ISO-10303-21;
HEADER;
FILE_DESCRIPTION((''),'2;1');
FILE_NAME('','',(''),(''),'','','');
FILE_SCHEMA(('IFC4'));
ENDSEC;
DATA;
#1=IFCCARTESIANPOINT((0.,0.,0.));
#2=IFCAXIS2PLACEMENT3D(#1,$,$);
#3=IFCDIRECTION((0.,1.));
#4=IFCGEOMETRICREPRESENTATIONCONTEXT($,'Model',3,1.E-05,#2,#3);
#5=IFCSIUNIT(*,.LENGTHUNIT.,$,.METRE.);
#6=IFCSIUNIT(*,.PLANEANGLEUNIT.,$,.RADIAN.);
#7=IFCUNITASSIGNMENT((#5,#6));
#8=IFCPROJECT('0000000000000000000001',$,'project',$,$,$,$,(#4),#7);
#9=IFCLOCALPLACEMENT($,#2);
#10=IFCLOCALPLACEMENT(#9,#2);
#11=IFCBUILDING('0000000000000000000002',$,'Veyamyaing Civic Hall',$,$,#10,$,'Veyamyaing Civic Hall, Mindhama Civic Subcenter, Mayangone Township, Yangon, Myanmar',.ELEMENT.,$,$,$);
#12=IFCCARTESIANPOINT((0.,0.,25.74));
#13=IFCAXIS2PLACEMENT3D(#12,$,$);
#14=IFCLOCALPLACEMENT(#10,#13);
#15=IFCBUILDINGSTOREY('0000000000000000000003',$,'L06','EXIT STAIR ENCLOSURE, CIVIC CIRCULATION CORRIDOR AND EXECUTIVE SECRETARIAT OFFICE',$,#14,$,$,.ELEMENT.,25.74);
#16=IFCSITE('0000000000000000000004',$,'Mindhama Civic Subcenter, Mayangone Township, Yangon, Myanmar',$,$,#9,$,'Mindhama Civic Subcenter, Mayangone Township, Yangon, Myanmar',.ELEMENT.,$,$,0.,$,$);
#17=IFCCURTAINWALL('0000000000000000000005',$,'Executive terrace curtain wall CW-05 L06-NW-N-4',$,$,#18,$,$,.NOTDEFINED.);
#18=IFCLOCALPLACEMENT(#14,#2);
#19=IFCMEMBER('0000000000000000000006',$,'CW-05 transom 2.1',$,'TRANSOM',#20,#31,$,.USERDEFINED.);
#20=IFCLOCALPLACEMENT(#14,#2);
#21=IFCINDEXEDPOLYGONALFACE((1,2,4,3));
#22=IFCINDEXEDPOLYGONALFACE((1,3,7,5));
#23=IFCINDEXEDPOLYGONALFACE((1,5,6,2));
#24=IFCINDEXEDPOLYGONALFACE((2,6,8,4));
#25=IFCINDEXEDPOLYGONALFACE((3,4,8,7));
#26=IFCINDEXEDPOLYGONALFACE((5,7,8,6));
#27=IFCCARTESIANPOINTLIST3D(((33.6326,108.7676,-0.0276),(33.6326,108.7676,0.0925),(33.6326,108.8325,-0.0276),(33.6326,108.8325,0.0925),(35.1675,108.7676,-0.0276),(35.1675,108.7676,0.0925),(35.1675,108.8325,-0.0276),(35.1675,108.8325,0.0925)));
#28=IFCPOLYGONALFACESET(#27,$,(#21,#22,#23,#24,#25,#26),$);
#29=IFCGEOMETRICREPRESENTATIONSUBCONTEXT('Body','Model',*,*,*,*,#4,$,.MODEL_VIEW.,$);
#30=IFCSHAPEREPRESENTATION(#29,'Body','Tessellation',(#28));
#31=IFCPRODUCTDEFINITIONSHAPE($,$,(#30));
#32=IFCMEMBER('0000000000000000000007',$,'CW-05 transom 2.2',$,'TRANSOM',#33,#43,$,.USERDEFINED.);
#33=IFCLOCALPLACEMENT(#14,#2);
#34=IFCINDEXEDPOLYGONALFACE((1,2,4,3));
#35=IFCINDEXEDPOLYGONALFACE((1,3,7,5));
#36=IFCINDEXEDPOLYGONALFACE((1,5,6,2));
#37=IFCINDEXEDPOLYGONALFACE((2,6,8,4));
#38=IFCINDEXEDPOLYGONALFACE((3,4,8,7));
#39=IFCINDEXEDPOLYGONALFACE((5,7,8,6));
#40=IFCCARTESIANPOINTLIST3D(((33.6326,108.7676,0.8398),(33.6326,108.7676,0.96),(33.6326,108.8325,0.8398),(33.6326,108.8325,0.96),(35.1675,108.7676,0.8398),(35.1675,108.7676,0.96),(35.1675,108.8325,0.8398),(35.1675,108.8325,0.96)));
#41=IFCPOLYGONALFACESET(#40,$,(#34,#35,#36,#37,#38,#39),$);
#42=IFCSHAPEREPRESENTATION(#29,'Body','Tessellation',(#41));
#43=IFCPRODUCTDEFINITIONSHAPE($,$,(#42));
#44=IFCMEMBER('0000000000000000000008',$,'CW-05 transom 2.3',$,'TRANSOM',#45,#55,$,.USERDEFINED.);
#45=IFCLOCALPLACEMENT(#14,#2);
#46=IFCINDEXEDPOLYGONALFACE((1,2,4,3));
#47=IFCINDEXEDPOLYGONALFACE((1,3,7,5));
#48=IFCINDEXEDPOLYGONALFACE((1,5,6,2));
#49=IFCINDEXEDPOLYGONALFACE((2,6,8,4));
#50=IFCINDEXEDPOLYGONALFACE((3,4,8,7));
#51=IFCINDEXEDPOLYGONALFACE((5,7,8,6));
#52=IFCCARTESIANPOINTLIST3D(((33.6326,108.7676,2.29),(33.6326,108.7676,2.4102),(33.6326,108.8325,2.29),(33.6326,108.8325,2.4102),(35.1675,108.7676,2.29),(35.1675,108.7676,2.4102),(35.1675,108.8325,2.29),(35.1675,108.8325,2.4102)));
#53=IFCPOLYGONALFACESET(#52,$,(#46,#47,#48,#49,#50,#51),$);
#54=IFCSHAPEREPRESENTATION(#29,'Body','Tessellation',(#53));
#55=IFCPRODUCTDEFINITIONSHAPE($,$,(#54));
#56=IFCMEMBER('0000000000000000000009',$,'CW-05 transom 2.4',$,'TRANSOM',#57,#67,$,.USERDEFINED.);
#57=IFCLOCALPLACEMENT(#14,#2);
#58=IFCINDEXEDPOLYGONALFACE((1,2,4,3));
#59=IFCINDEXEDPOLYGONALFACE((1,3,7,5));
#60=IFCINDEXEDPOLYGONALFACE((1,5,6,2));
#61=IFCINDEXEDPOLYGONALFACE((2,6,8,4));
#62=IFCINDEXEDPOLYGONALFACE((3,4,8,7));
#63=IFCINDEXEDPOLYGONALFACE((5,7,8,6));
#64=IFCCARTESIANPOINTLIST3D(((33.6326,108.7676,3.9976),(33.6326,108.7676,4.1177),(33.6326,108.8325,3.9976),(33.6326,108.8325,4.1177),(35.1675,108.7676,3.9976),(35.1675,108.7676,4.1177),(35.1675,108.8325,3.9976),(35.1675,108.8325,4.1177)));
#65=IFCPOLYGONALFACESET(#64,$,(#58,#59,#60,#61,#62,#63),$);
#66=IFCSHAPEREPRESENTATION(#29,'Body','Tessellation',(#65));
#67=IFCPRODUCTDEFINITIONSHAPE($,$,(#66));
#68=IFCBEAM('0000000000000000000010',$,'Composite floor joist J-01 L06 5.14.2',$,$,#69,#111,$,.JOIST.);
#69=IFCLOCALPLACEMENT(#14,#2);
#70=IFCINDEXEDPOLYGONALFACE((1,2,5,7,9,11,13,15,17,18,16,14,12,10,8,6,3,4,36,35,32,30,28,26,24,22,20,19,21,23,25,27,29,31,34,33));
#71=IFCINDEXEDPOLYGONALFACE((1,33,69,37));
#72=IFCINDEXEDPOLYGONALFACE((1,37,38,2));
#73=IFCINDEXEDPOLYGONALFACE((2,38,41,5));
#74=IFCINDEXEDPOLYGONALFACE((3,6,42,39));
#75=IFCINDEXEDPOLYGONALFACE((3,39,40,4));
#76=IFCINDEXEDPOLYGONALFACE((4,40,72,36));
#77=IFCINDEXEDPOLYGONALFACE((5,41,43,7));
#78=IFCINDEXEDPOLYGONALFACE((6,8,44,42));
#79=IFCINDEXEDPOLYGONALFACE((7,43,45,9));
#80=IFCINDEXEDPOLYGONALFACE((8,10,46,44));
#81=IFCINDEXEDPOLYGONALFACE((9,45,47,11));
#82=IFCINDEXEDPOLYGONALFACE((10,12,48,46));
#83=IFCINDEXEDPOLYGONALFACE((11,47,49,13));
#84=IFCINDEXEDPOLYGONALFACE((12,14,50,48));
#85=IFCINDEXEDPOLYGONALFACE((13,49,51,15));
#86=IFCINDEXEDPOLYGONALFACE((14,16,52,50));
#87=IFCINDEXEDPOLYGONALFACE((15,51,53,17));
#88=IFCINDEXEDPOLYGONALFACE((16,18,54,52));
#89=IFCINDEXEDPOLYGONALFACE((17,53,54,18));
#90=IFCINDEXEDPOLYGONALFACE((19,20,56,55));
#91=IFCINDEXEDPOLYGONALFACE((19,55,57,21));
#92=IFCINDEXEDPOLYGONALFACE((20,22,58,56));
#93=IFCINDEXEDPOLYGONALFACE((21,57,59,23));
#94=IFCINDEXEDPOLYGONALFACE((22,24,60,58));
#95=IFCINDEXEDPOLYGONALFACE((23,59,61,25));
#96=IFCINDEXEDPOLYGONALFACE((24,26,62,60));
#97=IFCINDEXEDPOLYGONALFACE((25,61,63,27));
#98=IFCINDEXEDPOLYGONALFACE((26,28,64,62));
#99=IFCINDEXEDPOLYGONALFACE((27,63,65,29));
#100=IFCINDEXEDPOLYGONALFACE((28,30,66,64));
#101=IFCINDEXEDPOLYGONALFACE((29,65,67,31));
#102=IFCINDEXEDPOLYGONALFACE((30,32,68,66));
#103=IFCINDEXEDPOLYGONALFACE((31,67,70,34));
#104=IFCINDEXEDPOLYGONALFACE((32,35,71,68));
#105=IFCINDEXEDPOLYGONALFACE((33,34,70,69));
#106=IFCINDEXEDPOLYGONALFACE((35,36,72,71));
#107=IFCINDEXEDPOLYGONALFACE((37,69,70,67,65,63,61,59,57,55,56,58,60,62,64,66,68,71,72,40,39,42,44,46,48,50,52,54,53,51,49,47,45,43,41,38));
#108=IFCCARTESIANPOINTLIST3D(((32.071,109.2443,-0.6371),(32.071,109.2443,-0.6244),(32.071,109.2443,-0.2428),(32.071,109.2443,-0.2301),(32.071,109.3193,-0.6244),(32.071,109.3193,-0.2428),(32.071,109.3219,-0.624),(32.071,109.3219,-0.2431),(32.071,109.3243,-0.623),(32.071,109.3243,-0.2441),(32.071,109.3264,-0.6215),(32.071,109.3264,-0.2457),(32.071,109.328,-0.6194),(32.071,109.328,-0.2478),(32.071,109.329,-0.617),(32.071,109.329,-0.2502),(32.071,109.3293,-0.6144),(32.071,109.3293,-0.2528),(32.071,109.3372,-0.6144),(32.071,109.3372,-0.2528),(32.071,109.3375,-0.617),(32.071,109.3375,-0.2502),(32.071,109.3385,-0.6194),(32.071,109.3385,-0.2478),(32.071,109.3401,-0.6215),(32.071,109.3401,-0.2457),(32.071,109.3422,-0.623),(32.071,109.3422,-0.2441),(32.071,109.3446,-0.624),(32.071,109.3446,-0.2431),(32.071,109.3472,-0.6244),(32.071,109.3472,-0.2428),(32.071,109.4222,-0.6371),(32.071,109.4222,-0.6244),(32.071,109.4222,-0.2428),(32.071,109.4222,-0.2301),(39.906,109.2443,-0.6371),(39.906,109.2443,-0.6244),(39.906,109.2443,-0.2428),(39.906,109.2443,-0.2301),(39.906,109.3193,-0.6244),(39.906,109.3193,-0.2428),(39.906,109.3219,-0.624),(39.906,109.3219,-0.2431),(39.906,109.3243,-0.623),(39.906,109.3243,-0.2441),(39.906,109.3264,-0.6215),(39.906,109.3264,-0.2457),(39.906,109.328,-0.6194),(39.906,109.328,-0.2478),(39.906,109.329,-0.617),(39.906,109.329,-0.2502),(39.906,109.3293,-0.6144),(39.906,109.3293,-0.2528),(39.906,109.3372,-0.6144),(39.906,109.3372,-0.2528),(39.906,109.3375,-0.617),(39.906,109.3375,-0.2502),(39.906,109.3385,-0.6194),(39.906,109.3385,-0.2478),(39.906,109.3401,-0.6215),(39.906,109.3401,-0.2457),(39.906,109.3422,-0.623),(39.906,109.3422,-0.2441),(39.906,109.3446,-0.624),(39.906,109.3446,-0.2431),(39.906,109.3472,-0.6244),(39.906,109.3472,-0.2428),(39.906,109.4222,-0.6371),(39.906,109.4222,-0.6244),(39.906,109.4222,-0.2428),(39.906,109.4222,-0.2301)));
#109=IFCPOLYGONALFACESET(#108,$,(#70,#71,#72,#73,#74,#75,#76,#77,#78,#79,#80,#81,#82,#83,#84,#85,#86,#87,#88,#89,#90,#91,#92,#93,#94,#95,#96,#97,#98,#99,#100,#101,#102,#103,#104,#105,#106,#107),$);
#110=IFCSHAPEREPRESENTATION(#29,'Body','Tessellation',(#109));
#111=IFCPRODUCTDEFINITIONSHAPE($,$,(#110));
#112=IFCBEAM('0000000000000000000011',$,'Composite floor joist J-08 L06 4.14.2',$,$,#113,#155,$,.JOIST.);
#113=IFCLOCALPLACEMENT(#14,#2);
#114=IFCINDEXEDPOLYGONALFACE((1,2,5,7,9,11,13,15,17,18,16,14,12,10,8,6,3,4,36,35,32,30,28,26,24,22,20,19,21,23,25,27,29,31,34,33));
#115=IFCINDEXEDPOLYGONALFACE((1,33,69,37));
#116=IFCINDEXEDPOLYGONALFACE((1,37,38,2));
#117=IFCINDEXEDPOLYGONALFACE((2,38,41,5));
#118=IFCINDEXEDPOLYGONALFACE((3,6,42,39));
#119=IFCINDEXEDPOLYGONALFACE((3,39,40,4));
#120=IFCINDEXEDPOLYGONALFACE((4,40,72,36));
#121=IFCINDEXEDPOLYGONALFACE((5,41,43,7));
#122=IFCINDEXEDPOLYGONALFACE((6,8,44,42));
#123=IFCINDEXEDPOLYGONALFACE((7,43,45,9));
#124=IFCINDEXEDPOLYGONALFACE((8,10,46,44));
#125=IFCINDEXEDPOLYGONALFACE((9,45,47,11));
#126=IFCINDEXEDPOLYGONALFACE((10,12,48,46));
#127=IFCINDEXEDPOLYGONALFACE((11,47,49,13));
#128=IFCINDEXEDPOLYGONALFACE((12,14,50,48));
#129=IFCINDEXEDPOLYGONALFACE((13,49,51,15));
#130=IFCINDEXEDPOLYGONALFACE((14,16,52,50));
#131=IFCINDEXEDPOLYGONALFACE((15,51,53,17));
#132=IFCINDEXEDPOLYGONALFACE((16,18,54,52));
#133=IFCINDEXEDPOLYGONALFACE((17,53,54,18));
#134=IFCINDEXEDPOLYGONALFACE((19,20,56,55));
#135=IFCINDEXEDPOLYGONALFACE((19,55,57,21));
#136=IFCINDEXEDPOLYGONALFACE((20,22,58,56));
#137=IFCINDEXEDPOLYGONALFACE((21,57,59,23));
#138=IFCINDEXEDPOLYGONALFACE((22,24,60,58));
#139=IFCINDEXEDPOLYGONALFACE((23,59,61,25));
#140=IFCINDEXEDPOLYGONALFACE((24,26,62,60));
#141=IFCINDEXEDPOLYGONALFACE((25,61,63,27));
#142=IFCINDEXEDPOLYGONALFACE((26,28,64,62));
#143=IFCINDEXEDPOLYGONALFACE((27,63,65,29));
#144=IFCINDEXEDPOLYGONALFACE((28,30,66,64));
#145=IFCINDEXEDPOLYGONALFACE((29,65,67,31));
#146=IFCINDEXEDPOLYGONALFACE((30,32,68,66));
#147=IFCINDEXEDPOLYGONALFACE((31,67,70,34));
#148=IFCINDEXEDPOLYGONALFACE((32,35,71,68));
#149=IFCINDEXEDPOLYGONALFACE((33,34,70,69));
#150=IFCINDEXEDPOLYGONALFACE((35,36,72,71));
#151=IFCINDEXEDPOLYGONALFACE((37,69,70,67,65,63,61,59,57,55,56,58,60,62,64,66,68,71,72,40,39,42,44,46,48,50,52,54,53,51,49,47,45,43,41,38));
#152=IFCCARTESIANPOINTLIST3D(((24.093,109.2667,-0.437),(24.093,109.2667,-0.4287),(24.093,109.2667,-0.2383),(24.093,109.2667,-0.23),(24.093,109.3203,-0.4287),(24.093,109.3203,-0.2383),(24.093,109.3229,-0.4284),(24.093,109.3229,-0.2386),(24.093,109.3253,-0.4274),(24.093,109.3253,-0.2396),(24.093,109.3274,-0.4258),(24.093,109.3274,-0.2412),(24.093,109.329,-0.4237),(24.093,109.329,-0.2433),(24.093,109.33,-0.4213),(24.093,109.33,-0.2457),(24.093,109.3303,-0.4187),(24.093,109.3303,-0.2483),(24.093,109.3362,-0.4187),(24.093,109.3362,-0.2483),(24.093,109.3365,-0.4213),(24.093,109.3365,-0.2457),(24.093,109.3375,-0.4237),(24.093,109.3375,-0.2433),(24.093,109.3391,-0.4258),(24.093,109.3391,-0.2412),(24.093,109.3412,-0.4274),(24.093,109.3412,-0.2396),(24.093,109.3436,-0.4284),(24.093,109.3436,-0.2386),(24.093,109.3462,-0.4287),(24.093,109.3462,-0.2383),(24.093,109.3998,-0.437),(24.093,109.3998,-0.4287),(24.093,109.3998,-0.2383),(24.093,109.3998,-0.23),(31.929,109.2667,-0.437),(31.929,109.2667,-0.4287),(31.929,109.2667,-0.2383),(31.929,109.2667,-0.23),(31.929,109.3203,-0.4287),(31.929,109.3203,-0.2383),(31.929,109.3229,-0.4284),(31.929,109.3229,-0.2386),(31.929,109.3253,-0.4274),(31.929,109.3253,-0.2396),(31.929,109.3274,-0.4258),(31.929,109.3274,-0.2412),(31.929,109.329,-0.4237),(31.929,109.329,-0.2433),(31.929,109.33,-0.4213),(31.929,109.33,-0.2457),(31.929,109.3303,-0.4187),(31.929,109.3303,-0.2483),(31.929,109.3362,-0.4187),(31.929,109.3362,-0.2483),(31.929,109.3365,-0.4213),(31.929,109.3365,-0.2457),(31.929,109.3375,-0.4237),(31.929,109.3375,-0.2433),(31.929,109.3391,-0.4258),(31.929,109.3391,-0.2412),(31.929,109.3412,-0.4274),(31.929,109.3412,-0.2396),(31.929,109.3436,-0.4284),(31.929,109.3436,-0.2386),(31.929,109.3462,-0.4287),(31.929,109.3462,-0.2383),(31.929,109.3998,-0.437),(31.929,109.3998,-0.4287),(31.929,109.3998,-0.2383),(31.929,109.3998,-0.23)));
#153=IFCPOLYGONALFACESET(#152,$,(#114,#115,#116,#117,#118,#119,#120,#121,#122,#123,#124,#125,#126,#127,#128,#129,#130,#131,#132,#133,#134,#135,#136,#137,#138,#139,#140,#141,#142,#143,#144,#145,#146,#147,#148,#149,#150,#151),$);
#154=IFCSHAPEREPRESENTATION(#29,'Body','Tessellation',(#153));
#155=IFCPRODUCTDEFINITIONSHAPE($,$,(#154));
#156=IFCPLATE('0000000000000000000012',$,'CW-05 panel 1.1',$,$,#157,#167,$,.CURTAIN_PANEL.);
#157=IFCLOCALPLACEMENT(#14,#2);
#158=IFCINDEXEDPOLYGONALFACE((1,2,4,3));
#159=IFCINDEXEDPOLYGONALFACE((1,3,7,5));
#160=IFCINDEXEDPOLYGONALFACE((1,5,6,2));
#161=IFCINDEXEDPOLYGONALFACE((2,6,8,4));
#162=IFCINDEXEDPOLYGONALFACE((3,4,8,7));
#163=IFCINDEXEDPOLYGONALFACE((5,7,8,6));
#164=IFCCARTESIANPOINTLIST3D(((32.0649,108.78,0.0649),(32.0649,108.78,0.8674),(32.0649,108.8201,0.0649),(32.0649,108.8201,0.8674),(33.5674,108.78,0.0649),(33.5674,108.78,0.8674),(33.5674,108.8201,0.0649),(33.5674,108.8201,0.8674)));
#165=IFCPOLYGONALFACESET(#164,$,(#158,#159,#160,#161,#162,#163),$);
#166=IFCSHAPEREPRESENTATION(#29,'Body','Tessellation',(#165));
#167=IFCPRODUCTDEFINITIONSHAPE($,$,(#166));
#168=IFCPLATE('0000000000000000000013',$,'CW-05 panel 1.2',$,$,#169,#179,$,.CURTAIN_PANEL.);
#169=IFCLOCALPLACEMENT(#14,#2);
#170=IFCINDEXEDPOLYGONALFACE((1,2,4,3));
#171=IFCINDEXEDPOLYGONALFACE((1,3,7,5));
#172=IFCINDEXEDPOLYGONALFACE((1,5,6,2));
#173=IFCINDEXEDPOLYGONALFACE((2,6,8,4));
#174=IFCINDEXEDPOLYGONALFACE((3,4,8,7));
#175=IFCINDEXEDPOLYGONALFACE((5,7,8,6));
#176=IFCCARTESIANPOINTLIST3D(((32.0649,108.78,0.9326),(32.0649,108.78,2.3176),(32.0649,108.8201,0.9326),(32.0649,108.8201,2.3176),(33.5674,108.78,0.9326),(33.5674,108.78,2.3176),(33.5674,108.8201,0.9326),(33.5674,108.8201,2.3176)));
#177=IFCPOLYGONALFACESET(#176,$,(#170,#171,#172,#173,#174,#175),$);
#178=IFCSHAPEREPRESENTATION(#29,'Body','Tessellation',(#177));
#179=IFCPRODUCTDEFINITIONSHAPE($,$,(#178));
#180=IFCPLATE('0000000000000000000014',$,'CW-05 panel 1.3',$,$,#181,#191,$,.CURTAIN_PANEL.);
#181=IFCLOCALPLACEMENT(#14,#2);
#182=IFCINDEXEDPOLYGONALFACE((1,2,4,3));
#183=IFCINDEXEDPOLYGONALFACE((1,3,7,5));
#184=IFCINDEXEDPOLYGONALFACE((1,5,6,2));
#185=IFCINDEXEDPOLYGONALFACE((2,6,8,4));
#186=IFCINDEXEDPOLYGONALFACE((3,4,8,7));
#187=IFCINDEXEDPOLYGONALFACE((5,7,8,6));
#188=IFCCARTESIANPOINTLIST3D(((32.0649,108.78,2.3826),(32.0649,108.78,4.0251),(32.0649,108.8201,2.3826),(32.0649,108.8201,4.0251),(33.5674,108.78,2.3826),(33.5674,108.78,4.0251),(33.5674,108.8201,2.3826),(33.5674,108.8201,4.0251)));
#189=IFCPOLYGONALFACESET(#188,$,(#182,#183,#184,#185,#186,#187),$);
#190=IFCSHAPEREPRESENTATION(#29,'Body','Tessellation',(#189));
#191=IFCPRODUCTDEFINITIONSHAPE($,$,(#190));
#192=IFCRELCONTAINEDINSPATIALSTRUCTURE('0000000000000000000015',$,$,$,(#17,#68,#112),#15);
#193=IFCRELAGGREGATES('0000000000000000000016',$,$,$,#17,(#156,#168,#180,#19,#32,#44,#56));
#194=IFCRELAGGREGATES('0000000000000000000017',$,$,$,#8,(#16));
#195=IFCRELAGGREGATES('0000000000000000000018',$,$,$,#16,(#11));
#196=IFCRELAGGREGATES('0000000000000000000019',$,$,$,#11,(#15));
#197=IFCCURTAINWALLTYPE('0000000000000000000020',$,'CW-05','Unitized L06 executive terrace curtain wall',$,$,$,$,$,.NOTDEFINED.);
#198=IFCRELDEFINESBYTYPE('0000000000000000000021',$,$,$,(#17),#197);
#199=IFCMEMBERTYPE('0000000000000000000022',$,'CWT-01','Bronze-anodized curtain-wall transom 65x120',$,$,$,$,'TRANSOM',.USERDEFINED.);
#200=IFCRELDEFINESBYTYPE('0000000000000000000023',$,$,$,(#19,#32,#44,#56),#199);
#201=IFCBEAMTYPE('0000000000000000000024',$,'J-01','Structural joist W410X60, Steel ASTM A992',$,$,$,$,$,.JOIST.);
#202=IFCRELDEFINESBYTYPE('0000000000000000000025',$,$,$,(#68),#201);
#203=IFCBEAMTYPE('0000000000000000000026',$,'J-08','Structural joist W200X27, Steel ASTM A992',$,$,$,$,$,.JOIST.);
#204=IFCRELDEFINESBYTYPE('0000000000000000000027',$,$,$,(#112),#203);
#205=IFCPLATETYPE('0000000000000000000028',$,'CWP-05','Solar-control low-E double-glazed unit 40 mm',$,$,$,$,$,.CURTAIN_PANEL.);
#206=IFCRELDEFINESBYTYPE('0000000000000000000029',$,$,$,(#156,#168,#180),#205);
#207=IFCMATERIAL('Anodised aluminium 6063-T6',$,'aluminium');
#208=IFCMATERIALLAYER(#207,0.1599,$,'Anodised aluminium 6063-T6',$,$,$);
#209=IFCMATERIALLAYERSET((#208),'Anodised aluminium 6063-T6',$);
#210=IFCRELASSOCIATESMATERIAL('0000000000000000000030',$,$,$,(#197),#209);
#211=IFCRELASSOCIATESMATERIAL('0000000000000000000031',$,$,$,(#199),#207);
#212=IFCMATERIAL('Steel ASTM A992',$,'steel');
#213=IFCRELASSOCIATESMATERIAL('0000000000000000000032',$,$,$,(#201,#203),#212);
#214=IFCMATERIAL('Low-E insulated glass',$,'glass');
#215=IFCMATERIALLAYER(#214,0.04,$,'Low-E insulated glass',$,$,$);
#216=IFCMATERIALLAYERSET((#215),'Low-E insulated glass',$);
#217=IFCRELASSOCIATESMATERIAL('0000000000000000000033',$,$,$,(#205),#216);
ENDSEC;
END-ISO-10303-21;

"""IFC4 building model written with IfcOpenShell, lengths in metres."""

from ifc_helpers import new_model, si_unit, direction, frame, origin, origin_2d, place, context, subcontext, project, spatial, rectangle, i_section, extrude, material, layer, layer_set, material_profile, profile_set, type_object, element, aggregate, save


model = new_model("IFC4")

# Units and contexts
model_context = context("Model", 3, precision=1e-05, world=origin(), true_north=direction((0.0, 1.0)))
body_context = subcontext(model_context, "Body", "Model", "MODEL_VIEW")
ifc_project = project(units=[si_unit("LENGTHUNIT", "METRE"), si_unit("PLANEANGLEUNIT", "RADIAN")], contexts=[model_context])

# Site, building, storey
site_placement = place(None, origin())
site = spatial("IfcSite", under=ifc_project, at=site_placement, Name="Mindhama Civic Subcenter, Mayangone Township, Yangon, Myanmar", LongName="Mindhama Civic Subcenter, Mayangone Township, Yangon, Myanmar", CompositionType="ELEMENT", RefElevation=0.0)
building_placement = place(site_placement, origin())
building = spatial("IfcBuilding", under=site, at=building_placement, Name="Veyamyaing Civic Hall", LongName="Veyamyaing Civic Hall, Mindhama Civic Subcenter, Mayangone Township, Yangon, Myanmar", CompositionType="ELEMENT")
storey_placement = place(building_placement, frame((0.0, 0.0, 25.74)))
storey = spatial("IfcBuildingStorey", under=building, at=storey_placement, Name="L06", Description="EXIT STAIR ENCLOSURE, CIVIC CIRCULATION CORRIDOR AND EXECUTIVE SECRETARIAT OFFICE", CompositionType="ELEMENT", Elevation=25.74)

# Shared definitions
ifc_material_1 = material(Name="Steel ASTM A992", Category="steel")

# Shared definitions
ifc_material_2 = material(Name="Anodised aluminium 6063-T6", Category="aluminium")
ifc_layer_1 = layer(ifc_material_2, 0.1599, Name="Anodised aluminium 6063-T6")
ifc_layer_set_1 = layer_set([ifc_layer_1], Name="Anodised aluminium 6063-T6")
curtain_wall_type = type_object("IfcCurtainWallType", Name="CW-05", Description="Unitized L06 executive terrace curtain wall", PredefinedType="NOTDEFINED", material=ifc_layer_set_1)

# Curtain wall, members
curtain_wall_1_placement = place(storey_placement, origin())
curtain_wall_1 = element("IfcCurtainWall", 1, at=curtain_wall_1_placement, inside=storey, type_object=curtain_wall_type, Name="Executive terrace curtain wall CW-05 L06-NW-N-4", PredefinedType="NOTDEFINED")
ifc_material_profile_1 = material_profile(ifc_material_2, rectangle(XDim=0.0649, YDim=0.1201, at=origin_2d()), Name="ALU-TRN-65X120")
ifc_profile_set_1 = profile_set([ifc_material_profile_1], Name="Anodised aluminium 6063-T6")
member_type_1 = type_object("IfcMemberType", Name="CWT-01", Description="Bronze-anodized curtain-wall transom 65x120", ElementType="TRANSOM", PredefinedType="USERDEFINED", material=ifc_profile_set_1)
member_1_placement = place(storey_placement, frame((33.6326, 108.8, 0.0325), z_axis=(1.0, 0.0, 0.0), x_axis=(0.0, 1.0, 0.0)))
member_1 = element("IfcMember", 2, at=member_1_placement, type_object=member_type_1, Name="CW-05 transom 2.1", ObjectType="TRANSOM", PredefinedType="USERDEFINED", context=body_context, shape_type="SweptSolid", body=[
    extrude(rectangle(XDim=0.0649, YDim=0.1201, at=origin_2d()), origin(), (0.0, 0.0, 1.0), 1.5349),
])
member_2_placement = place(storey_placement, frame((33.6326, 108.8, 0.8999), z_axis=(1.0, 0.0, 0.0), x_axis=(0.0, 1.0, 0.0)))
member_2 = element("IfcMember", 3, at=member_2_placement, type_object=member_type_1, Name="CW-05 transom 2.2", ObjectType="TRANSOM", PredefinedType="USERDEFINED", context=body_context, shape_type="SweptSolid", body=[
    extrude(rectangle(XDim=0.0649, YDim=0.1201, at=origin_2d()), origin(), (0.0, 0.0, 1.0), 1.5349),
])
member_3_placement = place(storey_placement, frame((33.6326, 108.8, 2.3501), z_axis=(1.0, 0.0, 0.0), x_axis=(0.0, 1.0, 0.0)))
member_3 = element("IfcMember", 4, at=member_3_placement, type_object=member_type_1, Name="CW-05 transom 2.3", ObjectType="TRANSOM", PredefinedType="USERDEFINED", context=body_context, shape_type="SweptSolid", body=[
    extrude(rectangle(XDim=0.0649, YDim=0.1201, at=origin_2d()), origin(), (0.0, 0.0, 1.0), 1.5349),
])
member_4_placement = place(storey_placement, frame((33.6326, 108.8, 4.0576), z_axis=(1.0, 0.0, 0.0), x_axis=(0.0, 1.0, 0.0)))
member_4 = element("IfcMember", 5, at=member_4_placement, type_object=member_type_1, Name="CW-05 transom 2.4", ObjectType="TRANSOM", PredefinedType="USERDEFINED", context=body_context, shape_type="SweptSolid", body=[
    extrude(rectangle(XDim=0.0649, YDim=0.1201, at=origin_2d()), origin(), (0.0, 0.0, 1.0), 1.5349),
])

# Beams
ifc_material_profile_2 = material_profile(ifc_material_1, i_section(OverallWidth=0.178, OverallDepth=0.407, WebThickness=0.0078, FlangeThickness=0.0127, FilletRadius=0.01, at=origin_2d()), Name="W410X60")
ifc_profile_set_2 = profile_set([ifc_material_profile_2], Name="Steel ASTM A992")
beam_type_1 = type_object("IfcBeamType", Name="J-01", Description="Structural joist W410X60, Steel ASTM A992", PredefinedType="JOIST", material=ifc_profile_set_2)
beam_1_placement = place(storey_placement, frame((32.071, 109.3333, -0.4336), z_axis=(1.0, 0.0, 0.0), x_axis=(0.0, 1.0, 0.0)))
element("IfcBeam", 6, at=beam_1_placement, inside=storey, type_object=beam_type_1, Name="Composite floor joist J-01 L06 5.14.2", PredefinedType="JOIST", context=body_context, shape_type="SweptSolid", body=[
    extrude(i_section(OverallWidth=0.178, OverallDepth=0.407, WebThickness=0.0078, FlangeThickness=0.0127, FilletRadius=0.01, at=origin_2d()), origin(), (0.0, 0.0, 1.0), 7.835),
])
ifc_material_profile_3 = material_profile(ifc_material_1, i_section(OverallWidth=0.1331, OverallDepth=0.207, WebThickness=0.0059, FlangeThickness=0.0083, FilletRadius=0.01, at=origin_2d()), Name="W200X27")
ifc_profile_set_3 = profile_set([ifc_material_profile_3], Name="Steel ASTM A992")
beam_type_2 = type_object("IfcBeamType", Name="J-08", Description="Structural joist W200X27, Steel ASTM A992", PredefinedType="JOIST", material=ifc_profile_set_3)
beam_2_placement = place(storey_placement, frame((24.093, 109.3333, -0.3335), z_axis=(1.0, 0.0, 0.0), x_axis=(0.0, 1.0, 0.0)))
element("IfcBeam", 7, at=beam_2_placement, inside=storey, type_object=beam_type_2, Name="Composite floor joist J-08 L06 4.14.2", PredefinedType="JOIST", context=body_context, shape_type="SweptSolid", body=[
    extrude(i_section(OverallWidth=0.1331, OverallDepth=0.207, WebThickness=0.0059, FlangeThickness=0.0083, FilletRadius=0.01, at=origin_2d()), origin(), (0.0, 0.0, 1.0), 7.8359),
])

# Plates
ifc_material_3 = material(Name="Low-E insulated glass", Category="glass")
ifc_layer_2 = layer(ifc_material_3, 0.04, Name="Low-E insulated glass")
ifc_layer_set_2 = layer_set([ifc_layer_2], Name="Low-E insulated glass")
plate_type = type_object("IfcPlateType", Name="CWP-05", Description="Solar-control low-E double-glazed unit 40 mm", PredefinedType="CURTAIN_PANEL", material=ifc_layer_set_2)
plate_1_placement = place(storey_placement, frame((32.8162, 108.8, 0.0649), z_axis=(0.0, 0.0, 1.0), x_axis=(1.0, 0.0, 0.0)))
plate_1 = element("IfcPlate", 8, at=plate_1_placement, type_object=plate_type, Name="CW-05 panel 1.1", PredefinedType="CURTAIN_PANEL", context=body_context, shape_type="SweptSolid", body=[
    extrude(rectangle(XDim=1.5024, YDim=0.04, at=origin_2d()), origin(), (0.0, 0.0, 1.0), 0.8025),
])
plate_2_placement = place(storey_placement, frame((32.8162, 108.8, 0.9326), z_axis=(0.0, 0.0, 1.0), x_axis=(1.0, 0.0, 0.0)))
plate_2 = element("IfcPlate", 9, at=plate_2_placement, type_object=plate_type, Name="CW-05 panel 1.2", PredefinedType="CURTAIN_PANEL", context=body_context, shape_type="SweptSolid", body=[
    extrude(rectangle(XDim=1.5024, YDim=0.04, at=origin_2d()), origin(), (0.0, 0.0, 1.0), 1.385),
])
plate_3_placement = place(storey_placement, frame((32.8162, 108.8, 2.3826), z_axis=(0.0, 0.0, 1.0), x_axis=(1.0, 0.0, 0.0)))
plate_3 = element("IfcPlate", 10, at=plate_3_placement, type_object=plate_type, Name="CW-05 panel 1.3", PredefinedType="CURTAIN_PANEL", context=body_context, shape_type="SweptSolid", body=[
    extrude(rectangle(XDim=1.5024, YDim=0.04, at=origin_2d()), origin(), (0.0, 0.0, 1.0), 1.6426),
])
aggregate(curtain_wall_1, [plate_1, plate_2, plate_3, member_1, member_2, member_3, member_4])

save(model, "model.ifc")
